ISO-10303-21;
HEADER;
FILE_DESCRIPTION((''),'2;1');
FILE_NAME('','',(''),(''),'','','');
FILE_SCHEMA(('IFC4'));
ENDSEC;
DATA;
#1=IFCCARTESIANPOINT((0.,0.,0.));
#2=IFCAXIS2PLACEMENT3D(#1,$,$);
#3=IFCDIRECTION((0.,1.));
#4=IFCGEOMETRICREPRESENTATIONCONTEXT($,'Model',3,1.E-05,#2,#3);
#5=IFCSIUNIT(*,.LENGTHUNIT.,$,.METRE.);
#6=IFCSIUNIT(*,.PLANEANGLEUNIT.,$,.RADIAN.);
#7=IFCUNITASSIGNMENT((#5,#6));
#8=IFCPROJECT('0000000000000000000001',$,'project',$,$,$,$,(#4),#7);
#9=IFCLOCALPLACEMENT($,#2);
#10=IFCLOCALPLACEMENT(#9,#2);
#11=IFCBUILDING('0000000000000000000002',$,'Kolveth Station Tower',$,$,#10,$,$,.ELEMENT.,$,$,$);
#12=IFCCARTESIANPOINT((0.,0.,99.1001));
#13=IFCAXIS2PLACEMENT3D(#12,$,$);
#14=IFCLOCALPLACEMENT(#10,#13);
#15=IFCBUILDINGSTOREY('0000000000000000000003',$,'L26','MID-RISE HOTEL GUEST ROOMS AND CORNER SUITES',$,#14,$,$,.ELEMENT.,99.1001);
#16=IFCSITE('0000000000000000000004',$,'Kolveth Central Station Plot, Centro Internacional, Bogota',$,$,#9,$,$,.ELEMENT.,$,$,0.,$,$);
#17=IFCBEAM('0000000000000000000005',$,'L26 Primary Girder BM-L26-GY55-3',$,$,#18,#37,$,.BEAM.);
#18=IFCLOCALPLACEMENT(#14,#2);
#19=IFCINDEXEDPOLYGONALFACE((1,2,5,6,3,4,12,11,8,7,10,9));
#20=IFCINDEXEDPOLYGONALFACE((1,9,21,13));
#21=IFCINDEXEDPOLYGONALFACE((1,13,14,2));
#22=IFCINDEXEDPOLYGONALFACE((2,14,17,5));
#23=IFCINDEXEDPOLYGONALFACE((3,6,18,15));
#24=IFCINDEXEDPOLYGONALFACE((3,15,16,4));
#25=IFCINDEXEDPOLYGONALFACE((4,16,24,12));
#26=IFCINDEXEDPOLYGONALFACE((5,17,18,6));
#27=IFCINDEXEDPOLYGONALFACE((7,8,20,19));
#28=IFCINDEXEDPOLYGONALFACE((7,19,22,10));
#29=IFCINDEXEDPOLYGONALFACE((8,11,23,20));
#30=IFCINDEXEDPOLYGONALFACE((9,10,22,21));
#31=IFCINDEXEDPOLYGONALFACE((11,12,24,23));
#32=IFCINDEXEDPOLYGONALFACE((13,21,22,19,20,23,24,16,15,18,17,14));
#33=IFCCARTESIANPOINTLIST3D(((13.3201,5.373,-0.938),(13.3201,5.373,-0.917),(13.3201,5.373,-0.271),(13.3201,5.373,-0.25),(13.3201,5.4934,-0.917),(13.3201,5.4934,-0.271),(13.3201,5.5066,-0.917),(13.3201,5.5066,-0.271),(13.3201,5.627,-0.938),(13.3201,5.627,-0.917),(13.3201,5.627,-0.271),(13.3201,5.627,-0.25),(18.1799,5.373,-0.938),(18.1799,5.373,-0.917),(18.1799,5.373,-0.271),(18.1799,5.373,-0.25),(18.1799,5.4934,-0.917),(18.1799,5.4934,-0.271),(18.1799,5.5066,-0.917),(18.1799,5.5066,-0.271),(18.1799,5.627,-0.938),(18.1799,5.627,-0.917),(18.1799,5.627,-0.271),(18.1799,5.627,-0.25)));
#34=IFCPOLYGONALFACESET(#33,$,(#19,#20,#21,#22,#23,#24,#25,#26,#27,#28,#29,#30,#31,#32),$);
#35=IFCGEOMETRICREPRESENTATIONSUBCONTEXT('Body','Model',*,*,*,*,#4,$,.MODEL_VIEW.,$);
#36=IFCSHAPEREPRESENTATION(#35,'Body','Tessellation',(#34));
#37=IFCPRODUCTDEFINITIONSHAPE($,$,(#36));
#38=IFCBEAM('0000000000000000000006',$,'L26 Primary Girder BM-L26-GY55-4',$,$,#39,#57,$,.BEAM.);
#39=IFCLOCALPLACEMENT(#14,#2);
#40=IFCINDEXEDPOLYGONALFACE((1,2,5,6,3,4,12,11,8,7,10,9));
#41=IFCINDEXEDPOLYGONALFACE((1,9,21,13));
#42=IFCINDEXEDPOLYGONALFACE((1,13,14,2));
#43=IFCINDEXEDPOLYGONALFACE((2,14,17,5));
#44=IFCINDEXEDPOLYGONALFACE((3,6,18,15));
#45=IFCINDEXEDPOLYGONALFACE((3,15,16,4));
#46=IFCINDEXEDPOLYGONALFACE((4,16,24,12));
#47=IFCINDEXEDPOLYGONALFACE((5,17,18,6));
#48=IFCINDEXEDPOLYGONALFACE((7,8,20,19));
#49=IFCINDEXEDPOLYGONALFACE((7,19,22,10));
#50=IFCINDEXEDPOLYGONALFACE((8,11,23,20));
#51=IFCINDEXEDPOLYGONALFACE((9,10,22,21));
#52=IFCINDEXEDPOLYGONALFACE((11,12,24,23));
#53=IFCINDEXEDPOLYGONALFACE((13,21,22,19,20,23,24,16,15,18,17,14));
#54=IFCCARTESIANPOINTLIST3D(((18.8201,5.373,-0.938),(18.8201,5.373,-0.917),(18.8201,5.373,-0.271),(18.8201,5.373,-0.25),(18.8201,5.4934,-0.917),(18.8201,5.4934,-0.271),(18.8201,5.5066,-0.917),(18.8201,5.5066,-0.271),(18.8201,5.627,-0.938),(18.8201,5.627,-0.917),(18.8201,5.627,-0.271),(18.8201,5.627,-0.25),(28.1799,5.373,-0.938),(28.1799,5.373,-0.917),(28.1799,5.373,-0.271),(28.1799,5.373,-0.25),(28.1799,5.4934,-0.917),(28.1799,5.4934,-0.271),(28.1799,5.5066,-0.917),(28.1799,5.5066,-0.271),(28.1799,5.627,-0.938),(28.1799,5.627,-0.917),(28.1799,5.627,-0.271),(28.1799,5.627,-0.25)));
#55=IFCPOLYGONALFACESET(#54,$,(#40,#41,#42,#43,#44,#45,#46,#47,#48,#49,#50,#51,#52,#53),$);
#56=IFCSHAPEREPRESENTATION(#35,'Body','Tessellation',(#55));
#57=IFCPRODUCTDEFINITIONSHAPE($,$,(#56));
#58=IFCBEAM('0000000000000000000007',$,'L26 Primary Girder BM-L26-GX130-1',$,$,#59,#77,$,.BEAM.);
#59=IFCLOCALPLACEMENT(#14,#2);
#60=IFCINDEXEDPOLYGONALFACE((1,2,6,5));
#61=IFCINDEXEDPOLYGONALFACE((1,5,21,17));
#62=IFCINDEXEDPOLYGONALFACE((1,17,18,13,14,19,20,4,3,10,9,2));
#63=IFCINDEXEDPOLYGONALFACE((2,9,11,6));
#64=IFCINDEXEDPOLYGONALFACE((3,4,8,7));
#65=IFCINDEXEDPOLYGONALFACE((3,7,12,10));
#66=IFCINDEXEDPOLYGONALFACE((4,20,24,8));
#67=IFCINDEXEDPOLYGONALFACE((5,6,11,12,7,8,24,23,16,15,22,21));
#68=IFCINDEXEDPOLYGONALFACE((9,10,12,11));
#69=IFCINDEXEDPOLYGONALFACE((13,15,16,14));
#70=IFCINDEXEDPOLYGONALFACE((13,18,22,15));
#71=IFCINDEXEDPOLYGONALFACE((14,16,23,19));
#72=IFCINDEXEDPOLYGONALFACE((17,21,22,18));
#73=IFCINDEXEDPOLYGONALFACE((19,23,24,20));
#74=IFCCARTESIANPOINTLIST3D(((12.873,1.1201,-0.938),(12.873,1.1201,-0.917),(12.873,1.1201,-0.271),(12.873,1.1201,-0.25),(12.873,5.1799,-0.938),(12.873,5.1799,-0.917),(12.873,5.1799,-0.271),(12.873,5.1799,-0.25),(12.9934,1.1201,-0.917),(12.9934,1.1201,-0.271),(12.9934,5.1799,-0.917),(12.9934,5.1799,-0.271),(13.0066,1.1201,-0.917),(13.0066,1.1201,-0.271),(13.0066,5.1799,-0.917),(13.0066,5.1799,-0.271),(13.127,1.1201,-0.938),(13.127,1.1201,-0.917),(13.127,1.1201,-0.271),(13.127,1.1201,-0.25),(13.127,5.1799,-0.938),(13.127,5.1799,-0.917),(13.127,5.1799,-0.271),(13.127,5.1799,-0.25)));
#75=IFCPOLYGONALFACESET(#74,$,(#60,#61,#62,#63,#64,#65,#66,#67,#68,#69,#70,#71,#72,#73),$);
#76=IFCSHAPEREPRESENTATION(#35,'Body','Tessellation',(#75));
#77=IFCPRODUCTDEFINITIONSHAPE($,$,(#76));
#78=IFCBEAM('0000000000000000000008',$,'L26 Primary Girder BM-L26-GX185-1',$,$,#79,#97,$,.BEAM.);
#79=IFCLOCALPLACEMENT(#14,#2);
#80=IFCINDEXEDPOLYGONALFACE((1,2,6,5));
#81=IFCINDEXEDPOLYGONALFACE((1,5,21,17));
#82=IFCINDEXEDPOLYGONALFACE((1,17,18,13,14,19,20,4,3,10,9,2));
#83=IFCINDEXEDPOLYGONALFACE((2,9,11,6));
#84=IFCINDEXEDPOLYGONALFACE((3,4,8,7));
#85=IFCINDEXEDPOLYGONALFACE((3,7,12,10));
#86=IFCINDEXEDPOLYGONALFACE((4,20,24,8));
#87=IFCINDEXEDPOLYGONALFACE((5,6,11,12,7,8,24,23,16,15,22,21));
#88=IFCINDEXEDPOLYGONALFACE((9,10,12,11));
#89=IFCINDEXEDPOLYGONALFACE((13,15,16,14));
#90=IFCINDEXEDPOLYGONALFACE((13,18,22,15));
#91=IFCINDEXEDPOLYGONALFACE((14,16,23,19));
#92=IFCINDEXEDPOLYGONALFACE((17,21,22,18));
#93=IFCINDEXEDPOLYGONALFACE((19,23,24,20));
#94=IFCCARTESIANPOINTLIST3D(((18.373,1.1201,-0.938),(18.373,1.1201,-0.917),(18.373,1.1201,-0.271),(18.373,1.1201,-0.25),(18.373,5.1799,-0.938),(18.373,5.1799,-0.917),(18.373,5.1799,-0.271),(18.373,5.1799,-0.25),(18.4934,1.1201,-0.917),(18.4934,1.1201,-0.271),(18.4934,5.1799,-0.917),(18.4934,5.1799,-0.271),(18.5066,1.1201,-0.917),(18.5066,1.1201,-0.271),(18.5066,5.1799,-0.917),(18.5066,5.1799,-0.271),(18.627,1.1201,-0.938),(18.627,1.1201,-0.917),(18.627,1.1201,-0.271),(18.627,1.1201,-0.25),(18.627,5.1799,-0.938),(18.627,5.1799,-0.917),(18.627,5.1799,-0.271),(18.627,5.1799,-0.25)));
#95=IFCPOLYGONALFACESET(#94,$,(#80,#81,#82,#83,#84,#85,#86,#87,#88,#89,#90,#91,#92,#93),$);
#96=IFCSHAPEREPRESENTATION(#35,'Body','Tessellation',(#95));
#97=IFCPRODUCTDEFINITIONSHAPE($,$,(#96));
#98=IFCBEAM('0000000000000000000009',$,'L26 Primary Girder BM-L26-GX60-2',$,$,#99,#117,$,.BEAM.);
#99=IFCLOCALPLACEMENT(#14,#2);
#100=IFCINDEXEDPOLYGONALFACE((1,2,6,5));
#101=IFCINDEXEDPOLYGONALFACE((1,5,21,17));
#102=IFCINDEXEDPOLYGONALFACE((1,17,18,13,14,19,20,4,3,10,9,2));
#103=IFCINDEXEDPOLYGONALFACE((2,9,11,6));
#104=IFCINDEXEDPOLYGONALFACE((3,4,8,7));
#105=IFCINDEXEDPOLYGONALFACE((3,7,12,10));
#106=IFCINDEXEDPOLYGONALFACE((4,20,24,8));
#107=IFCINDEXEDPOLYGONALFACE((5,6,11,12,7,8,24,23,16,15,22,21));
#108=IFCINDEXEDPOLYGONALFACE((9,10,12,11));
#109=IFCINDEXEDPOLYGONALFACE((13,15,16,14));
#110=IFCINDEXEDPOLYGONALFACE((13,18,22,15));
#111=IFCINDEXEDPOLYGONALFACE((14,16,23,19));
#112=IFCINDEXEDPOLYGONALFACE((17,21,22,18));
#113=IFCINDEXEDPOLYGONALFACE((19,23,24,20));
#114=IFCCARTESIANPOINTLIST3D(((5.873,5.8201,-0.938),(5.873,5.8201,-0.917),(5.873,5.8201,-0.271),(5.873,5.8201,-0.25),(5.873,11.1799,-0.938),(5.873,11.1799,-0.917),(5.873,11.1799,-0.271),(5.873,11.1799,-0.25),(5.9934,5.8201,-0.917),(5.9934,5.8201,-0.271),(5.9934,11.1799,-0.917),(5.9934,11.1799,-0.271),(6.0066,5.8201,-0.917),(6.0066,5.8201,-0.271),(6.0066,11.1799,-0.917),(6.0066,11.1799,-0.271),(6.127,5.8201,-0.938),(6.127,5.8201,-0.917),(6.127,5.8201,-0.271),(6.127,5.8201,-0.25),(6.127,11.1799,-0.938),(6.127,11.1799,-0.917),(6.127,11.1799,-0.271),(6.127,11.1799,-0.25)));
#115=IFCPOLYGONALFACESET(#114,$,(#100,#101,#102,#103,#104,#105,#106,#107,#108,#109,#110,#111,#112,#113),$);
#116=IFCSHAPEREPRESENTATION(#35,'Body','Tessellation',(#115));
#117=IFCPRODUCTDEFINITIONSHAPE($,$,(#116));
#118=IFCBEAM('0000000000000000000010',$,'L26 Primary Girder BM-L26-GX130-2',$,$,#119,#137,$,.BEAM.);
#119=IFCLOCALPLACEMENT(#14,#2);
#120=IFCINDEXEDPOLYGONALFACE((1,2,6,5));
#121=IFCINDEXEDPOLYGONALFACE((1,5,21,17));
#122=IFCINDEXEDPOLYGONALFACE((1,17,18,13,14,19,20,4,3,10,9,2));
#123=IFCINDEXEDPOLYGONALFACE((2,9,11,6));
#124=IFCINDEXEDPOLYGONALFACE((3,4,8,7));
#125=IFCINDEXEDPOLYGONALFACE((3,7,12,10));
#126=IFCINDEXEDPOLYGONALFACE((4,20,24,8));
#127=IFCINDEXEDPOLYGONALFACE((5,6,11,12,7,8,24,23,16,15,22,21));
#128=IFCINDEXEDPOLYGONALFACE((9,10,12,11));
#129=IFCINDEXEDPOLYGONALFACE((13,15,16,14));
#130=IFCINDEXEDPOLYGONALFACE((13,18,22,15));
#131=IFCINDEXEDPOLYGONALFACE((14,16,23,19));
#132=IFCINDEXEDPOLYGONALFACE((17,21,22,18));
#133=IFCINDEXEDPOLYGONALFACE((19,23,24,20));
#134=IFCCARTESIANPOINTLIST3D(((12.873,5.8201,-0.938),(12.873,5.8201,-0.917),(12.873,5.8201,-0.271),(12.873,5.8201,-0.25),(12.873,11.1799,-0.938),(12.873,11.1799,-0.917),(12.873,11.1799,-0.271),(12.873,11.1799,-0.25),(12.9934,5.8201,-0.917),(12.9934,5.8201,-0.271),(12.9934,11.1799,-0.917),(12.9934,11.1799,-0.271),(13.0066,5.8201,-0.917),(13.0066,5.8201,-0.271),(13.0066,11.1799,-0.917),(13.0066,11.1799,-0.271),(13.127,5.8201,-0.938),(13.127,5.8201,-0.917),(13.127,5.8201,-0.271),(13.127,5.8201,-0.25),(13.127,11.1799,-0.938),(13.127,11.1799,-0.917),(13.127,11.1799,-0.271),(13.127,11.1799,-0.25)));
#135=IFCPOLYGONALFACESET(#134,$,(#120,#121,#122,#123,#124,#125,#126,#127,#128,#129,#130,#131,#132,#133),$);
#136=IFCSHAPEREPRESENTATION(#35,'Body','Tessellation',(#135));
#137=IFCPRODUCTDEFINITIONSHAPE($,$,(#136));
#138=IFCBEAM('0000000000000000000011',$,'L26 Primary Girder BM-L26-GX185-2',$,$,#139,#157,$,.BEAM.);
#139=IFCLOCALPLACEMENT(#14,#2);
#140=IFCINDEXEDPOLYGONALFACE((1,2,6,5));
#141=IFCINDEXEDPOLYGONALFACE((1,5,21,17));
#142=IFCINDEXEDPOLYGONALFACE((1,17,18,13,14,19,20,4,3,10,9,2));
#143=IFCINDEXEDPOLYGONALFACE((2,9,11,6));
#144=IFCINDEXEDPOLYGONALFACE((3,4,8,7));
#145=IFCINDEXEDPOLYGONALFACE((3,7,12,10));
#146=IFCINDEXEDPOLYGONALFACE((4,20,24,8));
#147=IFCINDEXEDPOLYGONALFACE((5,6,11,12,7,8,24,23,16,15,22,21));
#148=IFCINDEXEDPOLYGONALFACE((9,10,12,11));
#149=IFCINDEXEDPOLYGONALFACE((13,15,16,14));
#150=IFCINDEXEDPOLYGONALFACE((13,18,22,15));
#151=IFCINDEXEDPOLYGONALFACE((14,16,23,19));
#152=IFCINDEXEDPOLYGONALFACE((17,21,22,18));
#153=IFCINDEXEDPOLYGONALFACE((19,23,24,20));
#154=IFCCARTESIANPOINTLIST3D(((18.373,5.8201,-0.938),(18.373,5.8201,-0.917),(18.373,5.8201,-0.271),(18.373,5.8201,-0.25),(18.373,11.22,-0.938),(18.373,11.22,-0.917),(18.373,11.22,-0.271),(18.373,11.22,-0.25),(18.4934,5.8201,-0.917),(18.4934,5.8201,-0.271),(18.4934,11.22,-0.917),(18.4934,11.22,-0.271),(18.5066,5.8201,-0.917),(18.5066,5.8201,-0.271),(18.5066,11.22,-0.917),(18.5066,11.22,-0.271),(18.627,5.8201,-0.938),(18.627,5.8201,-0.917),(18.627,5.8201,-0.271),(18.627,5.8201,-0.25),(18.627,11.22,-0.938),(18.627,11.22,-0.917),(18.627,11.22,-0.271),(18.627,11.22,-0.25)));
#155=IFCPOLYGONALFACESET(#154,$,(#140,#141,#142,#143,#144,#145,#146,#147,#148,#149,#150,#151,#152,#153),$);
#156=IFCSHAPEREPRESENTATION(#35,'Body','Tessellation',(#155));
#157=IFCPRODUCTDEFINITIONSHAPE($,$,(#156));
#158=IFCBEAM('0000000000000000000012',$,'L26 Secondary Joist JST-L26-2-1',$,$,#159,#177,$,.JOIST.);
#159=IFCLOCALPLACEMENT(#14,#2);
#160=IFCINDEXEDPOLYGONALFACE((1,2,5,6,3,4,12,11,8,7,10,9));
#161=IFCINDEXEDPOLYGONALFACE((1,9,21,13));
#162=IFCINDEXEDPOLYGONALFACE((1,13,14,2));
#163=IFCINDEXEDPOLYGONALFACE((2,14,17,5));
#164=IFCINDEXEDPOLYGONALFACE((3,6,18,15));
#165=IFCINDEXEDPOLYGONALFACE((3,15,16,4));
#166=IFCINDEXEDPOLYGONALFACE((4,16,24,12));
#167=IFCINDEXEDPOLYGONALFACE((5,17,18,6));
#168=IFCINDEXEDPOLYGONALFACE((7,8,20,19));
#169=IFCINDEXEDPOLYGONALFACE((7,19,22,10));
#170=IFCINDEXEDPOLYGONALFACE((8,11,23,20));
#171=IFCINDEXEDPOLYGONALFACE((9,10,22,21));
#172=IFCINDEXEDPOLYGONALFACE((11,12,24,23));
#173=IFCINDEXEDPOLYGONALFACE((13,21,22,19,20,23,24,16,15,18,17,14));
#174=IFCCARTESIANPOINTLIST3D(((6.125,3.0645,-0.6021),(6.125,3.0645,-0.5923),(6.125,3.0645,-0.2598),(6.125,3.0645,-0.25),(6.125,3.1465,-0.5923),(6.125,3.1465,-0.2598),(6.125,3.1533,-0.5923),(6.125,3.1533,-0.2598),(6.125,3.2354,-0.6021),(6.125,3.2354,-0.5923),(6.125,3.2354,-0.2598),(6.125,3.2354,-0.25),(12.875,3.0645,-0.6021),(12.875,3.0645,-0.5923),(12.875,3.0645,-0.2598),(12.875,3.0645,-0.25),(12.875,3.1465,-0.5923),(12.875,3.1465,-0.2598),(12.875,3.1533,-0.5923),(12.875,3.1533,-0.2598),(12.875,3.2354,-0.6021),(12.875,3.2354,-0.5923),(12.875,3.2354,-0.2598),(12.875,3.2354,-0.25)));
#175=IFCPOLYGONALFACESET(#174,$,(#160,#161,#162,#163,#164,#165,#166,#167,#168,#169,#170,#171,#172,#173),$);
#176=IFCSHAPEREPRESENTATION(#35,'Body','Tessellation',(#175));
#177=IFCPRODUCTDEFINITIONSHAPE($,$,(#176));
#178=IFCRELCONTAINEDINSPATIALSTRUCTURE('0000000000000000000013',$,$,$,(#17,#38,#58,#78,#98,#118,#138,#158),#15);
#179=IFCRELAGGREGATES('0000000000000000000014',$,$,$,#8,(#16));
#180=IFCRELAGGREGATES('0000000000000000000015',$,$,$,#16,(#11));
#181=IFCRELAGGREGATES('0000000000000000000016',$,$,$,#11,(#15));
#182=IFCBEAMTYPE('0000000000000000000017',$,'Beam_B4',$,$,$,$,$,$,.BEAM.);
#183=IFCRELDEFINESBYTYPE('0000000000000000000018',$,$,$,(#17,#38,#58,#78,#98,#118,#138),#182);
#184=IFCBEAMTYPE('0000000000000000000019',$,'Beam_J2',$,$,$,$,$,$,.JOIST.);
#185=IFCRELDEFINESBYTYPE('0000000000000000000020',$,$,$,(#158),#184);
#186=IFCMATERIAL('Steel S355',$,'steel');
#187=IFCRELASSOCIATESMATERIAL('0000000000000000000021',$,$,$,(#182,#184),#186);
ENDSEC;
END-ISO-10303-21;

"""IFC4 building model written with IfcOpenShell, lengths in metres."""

from ifc_helpers import new_model, si_unit, direction, frame, origin, origin_2d, place, context, subcontext, project, spatial, i_section, extrude, source, transform, mapped, material, material_profile, profile_set, type_object, element, save


model = new_model("IFC4")

# Units and contexts
model_context = context("Model", 3, precision=1e-05, world=origin(), true_north=direction((0.0, 1.0)))
body_context = subcontext(model_context, "Body", "Model", "MODEL_VIEW")
ifc_project = project(units=[si_unit("LENGTHUNIT", "METRE"), si_unit("PLANEANGLEUNIT", "RADIAN")], contexts=[model_context])

# Site, building, storey
site_placement = place(None, origin())
site = spatial("IfcSite", under=ifc_project, at=site_placement, Name="Kolveth Central Station Plot, Centro Internacional, Bogota", CompositionType="ELEMENT", RefElevation=0.0)
building_placement = place(site_placement, origin())
building = spatial("IfcBuilding", under=site, at=building_placement, Name="Kolveth Station Tower", CompositionType="ELEMENT")
storey_placement = place(building_placement, frame((0.0, 0.0, 99.1001)))
storey = spatial("IfcBuildingStorey", under=building, at=storey_placement, Name="L26", Description="MID-RISE HOTEL GUEST ROOMS AND CORNER SUITES", CompositionType="ELEMENT", Elevation=99.1001)

# Beams
ifc_material_1 = material(Name="Steel S355", Category="steel")
ifc_material_profile_1 = material_profile(ifc_material_1, i_section(OverallWidth=0.2539, OverallDepth=0.688, WebThickness=0.0132, FlangeThickness=0.021, at=origin_2d()), Name="W690x152")
ifc_profile_set_1 = profile_set([ifc_material_profile_1], Name="Steel S355")
beam_type_1 = type_object("IfcBeamType", Name="Beam_B4", PredefinedType="BEAM", material=ifc_profile_set_1)
shared_shape_1 = source(origin(), body_context, "Body", "SweptSolid", [
    extrude(i_section(OverallWidth=0.2539, OverallDepth=0.688, WebThickness=0.0132, FlangeThickness=0.021, at=origin_2d()), origin(), (0.0, 0.0, 1.0), 4.8599),
])
beam_1_placement = place(storey_placement, frame((13.3201, 5.5, -0.594), z_axis=(1.0, 0.0, 0.0), x_axis=(0.0, 1.0, 0.0)))
element("IfcBeam", 1, at=beam_1_placement, inside=storey, type_object=beam_type_1, Name="L26 Primary Girder BM-L26-GY55-3", PredefinedType="BEAM", context=body_context, shape_type="MappedRepresentation", body=[
    mapped(shared_shape_1, transform((0.0, 0.0, 0.0), x_axis=(1.0, 0.0, 0.0), y_axis=(0.0, 1.0, 0.0), z_axis=(0.0, 0.0, 1.0), scale=1.0)),
])
shared_shape_2 = source(origin(), body_context, "Body", "SweptSolid", [
    extrude(i_section(OverallWidth=0.2539, OverallDepth=0.688, WebThickness=0.0132, FlangeThickness=0.021, at=origin_2d()), origin(), (0.0, 0.0, 1.0), 9.3599),
])
beam_2_placement = place(storey_placement, frame((18.8201, 5.5, -0.594), z_axis=(1.0, 0.0, 0.0), x_axis=(0.0, 1.0, 0.0)))
element("IfcBeam", 2, at=beam_2_placement, inside=storey, type_object=beam_type_1, Name="L26 Primary Girder BM-L26-GY55-4", PredefinedType="BEAM", context=body_context, shape_type="MappedRepresentation", body=[
    mapped(shared_shape_2, transform((0.0, 0.0, 0.0), x_axis=(1.0, 0.0, 0.0), y_axis=(0.0, 1.0, 0.0), z_axis=(0.0, 0.0, 1.0), scale=1.0)),
])
shared_shape_3 = source(origin(), body_context, "Body", "SweptSolid", [
    extrude(i_section(OverallWidth=0.2539, OverallDepth=0.688, WebThickness=0.0132, FlangeThickness=0.021, at=origin_2d()), origin(), (0.0, 0.0, 1.0), 4.0598),
])
for number, where, z_axis, x_axis, name in (
    (3, (13.0, 1.1201, -0.594), (0.0, 1.0, 0.0), (-1.0, 0.0, 0.0), "L26 Primary Girder BM-L26-GX130-1"),
    (4, (18.5, 1.1201, -0.594), (0.0, 1.0, 0.0), (-1.0, 0.0, 0.0), "L26 Primary Girder BM-L26-GX185-1"),
):
    element("IfcBeam", number, at=place(storey_placement, frame(where, z_axis=z_axis, x_axis=x_axis)), inside=storey, type_object=beam_type_1, Name=name, PredefinedType="BEAM", context=body_context, shape_type="MappedRepresentation", body=[
        mapped(shared_shape_3, transform((0.0, 0.0, 0.0), x_axis=(1.0, 0.0, 0.0), y_axis=(0.0, 1.0, 0.0), z_axis=(0.0, 0.0, 1.0), scale=1.0)),
    ])
shared_shape_4 = source(origin(), body_context, "Body", "SweptSolid", [
    extrude(i_section(OverallWidth=0.2539, OverallDepth=0.688, WebThickness=0.0132, FlangeThickness=0.021, at=origin_2d()), origin(), (0.0, 0.0, 1.0), 5.3599),
])
for number, where, z_axis, x_axis, name in (
    (5, (6.0, 5.8201, -0.594), (0.0, 1.0, 0.0), (-1.0, 0.0, 0.0), "L26 Primary Girder BM-L26-GX60-2"),
    (6, (13.0, 5.8201, -0.594), (0.0, 1.0, 0.0), (-1.0, 0.0, 0.0), "L26 Primary Girder BM-L26-GX130-2"),
):
    element("IfcBeam", number, at=place(storey_placement, frame(where, z_axis=z_axis, x_axis=x_axis)), inside=storey, type_object=beam_type_1, Name=name, PredefinedType="BEAM", context=body_context, shape_type="MappedRepresentation", body=[
        mapped(shared_shape_4, transform((0.0, 0.0, 0.0), x_axis=(1.0, 0.0, 0.0), y_axis=(0.0, 1.0, 0.0), z_axis=(0.0, 0.0, 1.0), scale=1.0)),
    ])
shared_shape_5 = source(origin(), body_context, "Body", "SweptSolid", [
    extrude(i_section(OverallWidth=0.2539, OverallDepth=0.688, WebThickness=0.0132, FlangeThickness=0.021, at=origin_2d()), origin(), (0.0, 0.0, 1.0), 5.3999),
])
beam_3_placement = place(storey_placement, frame((18.5, 5.8201, -0.594), z_axis=(0.0, 1.0, 0.0), x_axis=(-1.0, 0.0, 0.0)))
element("IfcBeam", 7, at=beam_3_placement, inside=storey, type_object=beam_type_1, Name="L26 Primary Girder BM-L26-GX185-2", PredefinedType="BEAM", context=body_context, shape_type="MappedRepresentation", body=[
    mapped(shared_shape_5, transform((0.0, 0.0, 0.0), x_axis=(1.0, 0.0, 0.0), y_axis=(0.0, 1.0, 0.0), z_axis=(0.0, 0.0, 1.0), scale=1.0)),
])
ifc_material_profile_2 = material_profile(ifc_material_1, i_section(OverallWidth=0.1709, OverallDepth=0.3521, WebThickness=0.0068, FlangeThickness=0.0098, at=origin_2d()), Name="W360x44")
ifc_profile_set_2 = profile_set([ifc_material_profile_2], Name="Steel S355")
beam_type_2 = type_object("IfcBeamType", Name="Beam_J2", PredefinedType="JOIST", material=ifc_profile_set_2)
shared_shape_6 = source(origin(), body_context, "Body", "SweptSolid", [
    extrude(i_section(OverallWidth=0.1709, OverallDepth=0.3521, WebThickness=0.0068, FlangeThickness=0.0098, at=origin_2d()), origin(), (0.0, 0.0, 1.0), 6.75),
])
beam_4_placement = place(storey_placement, frame((6.125, 3.1499, -0.426), z_axis=(1.0, 0.0, 0.0), x_axis=(0.0, 1.0, 0.0)))
element("IfcBeam", 8, at=beam_4_placement, inside=storey, type_object=beam_type_2, Name="L26 Secondary Joist JST-L26-2-1", PredefinedType="JOIST", context=body_context, shape_type="MappedRepresentation", body=[
    mapped(shared_shape_6, transform((0.0, 0.0, 0.0), x_axis=(1.0, 0.0, 0.0), y_axis=(0.0, 1.0, 0.0), z_axis=(0.0, 0.0, 1.0), scale=1.0)),
])

save(model, "model.ifc")
